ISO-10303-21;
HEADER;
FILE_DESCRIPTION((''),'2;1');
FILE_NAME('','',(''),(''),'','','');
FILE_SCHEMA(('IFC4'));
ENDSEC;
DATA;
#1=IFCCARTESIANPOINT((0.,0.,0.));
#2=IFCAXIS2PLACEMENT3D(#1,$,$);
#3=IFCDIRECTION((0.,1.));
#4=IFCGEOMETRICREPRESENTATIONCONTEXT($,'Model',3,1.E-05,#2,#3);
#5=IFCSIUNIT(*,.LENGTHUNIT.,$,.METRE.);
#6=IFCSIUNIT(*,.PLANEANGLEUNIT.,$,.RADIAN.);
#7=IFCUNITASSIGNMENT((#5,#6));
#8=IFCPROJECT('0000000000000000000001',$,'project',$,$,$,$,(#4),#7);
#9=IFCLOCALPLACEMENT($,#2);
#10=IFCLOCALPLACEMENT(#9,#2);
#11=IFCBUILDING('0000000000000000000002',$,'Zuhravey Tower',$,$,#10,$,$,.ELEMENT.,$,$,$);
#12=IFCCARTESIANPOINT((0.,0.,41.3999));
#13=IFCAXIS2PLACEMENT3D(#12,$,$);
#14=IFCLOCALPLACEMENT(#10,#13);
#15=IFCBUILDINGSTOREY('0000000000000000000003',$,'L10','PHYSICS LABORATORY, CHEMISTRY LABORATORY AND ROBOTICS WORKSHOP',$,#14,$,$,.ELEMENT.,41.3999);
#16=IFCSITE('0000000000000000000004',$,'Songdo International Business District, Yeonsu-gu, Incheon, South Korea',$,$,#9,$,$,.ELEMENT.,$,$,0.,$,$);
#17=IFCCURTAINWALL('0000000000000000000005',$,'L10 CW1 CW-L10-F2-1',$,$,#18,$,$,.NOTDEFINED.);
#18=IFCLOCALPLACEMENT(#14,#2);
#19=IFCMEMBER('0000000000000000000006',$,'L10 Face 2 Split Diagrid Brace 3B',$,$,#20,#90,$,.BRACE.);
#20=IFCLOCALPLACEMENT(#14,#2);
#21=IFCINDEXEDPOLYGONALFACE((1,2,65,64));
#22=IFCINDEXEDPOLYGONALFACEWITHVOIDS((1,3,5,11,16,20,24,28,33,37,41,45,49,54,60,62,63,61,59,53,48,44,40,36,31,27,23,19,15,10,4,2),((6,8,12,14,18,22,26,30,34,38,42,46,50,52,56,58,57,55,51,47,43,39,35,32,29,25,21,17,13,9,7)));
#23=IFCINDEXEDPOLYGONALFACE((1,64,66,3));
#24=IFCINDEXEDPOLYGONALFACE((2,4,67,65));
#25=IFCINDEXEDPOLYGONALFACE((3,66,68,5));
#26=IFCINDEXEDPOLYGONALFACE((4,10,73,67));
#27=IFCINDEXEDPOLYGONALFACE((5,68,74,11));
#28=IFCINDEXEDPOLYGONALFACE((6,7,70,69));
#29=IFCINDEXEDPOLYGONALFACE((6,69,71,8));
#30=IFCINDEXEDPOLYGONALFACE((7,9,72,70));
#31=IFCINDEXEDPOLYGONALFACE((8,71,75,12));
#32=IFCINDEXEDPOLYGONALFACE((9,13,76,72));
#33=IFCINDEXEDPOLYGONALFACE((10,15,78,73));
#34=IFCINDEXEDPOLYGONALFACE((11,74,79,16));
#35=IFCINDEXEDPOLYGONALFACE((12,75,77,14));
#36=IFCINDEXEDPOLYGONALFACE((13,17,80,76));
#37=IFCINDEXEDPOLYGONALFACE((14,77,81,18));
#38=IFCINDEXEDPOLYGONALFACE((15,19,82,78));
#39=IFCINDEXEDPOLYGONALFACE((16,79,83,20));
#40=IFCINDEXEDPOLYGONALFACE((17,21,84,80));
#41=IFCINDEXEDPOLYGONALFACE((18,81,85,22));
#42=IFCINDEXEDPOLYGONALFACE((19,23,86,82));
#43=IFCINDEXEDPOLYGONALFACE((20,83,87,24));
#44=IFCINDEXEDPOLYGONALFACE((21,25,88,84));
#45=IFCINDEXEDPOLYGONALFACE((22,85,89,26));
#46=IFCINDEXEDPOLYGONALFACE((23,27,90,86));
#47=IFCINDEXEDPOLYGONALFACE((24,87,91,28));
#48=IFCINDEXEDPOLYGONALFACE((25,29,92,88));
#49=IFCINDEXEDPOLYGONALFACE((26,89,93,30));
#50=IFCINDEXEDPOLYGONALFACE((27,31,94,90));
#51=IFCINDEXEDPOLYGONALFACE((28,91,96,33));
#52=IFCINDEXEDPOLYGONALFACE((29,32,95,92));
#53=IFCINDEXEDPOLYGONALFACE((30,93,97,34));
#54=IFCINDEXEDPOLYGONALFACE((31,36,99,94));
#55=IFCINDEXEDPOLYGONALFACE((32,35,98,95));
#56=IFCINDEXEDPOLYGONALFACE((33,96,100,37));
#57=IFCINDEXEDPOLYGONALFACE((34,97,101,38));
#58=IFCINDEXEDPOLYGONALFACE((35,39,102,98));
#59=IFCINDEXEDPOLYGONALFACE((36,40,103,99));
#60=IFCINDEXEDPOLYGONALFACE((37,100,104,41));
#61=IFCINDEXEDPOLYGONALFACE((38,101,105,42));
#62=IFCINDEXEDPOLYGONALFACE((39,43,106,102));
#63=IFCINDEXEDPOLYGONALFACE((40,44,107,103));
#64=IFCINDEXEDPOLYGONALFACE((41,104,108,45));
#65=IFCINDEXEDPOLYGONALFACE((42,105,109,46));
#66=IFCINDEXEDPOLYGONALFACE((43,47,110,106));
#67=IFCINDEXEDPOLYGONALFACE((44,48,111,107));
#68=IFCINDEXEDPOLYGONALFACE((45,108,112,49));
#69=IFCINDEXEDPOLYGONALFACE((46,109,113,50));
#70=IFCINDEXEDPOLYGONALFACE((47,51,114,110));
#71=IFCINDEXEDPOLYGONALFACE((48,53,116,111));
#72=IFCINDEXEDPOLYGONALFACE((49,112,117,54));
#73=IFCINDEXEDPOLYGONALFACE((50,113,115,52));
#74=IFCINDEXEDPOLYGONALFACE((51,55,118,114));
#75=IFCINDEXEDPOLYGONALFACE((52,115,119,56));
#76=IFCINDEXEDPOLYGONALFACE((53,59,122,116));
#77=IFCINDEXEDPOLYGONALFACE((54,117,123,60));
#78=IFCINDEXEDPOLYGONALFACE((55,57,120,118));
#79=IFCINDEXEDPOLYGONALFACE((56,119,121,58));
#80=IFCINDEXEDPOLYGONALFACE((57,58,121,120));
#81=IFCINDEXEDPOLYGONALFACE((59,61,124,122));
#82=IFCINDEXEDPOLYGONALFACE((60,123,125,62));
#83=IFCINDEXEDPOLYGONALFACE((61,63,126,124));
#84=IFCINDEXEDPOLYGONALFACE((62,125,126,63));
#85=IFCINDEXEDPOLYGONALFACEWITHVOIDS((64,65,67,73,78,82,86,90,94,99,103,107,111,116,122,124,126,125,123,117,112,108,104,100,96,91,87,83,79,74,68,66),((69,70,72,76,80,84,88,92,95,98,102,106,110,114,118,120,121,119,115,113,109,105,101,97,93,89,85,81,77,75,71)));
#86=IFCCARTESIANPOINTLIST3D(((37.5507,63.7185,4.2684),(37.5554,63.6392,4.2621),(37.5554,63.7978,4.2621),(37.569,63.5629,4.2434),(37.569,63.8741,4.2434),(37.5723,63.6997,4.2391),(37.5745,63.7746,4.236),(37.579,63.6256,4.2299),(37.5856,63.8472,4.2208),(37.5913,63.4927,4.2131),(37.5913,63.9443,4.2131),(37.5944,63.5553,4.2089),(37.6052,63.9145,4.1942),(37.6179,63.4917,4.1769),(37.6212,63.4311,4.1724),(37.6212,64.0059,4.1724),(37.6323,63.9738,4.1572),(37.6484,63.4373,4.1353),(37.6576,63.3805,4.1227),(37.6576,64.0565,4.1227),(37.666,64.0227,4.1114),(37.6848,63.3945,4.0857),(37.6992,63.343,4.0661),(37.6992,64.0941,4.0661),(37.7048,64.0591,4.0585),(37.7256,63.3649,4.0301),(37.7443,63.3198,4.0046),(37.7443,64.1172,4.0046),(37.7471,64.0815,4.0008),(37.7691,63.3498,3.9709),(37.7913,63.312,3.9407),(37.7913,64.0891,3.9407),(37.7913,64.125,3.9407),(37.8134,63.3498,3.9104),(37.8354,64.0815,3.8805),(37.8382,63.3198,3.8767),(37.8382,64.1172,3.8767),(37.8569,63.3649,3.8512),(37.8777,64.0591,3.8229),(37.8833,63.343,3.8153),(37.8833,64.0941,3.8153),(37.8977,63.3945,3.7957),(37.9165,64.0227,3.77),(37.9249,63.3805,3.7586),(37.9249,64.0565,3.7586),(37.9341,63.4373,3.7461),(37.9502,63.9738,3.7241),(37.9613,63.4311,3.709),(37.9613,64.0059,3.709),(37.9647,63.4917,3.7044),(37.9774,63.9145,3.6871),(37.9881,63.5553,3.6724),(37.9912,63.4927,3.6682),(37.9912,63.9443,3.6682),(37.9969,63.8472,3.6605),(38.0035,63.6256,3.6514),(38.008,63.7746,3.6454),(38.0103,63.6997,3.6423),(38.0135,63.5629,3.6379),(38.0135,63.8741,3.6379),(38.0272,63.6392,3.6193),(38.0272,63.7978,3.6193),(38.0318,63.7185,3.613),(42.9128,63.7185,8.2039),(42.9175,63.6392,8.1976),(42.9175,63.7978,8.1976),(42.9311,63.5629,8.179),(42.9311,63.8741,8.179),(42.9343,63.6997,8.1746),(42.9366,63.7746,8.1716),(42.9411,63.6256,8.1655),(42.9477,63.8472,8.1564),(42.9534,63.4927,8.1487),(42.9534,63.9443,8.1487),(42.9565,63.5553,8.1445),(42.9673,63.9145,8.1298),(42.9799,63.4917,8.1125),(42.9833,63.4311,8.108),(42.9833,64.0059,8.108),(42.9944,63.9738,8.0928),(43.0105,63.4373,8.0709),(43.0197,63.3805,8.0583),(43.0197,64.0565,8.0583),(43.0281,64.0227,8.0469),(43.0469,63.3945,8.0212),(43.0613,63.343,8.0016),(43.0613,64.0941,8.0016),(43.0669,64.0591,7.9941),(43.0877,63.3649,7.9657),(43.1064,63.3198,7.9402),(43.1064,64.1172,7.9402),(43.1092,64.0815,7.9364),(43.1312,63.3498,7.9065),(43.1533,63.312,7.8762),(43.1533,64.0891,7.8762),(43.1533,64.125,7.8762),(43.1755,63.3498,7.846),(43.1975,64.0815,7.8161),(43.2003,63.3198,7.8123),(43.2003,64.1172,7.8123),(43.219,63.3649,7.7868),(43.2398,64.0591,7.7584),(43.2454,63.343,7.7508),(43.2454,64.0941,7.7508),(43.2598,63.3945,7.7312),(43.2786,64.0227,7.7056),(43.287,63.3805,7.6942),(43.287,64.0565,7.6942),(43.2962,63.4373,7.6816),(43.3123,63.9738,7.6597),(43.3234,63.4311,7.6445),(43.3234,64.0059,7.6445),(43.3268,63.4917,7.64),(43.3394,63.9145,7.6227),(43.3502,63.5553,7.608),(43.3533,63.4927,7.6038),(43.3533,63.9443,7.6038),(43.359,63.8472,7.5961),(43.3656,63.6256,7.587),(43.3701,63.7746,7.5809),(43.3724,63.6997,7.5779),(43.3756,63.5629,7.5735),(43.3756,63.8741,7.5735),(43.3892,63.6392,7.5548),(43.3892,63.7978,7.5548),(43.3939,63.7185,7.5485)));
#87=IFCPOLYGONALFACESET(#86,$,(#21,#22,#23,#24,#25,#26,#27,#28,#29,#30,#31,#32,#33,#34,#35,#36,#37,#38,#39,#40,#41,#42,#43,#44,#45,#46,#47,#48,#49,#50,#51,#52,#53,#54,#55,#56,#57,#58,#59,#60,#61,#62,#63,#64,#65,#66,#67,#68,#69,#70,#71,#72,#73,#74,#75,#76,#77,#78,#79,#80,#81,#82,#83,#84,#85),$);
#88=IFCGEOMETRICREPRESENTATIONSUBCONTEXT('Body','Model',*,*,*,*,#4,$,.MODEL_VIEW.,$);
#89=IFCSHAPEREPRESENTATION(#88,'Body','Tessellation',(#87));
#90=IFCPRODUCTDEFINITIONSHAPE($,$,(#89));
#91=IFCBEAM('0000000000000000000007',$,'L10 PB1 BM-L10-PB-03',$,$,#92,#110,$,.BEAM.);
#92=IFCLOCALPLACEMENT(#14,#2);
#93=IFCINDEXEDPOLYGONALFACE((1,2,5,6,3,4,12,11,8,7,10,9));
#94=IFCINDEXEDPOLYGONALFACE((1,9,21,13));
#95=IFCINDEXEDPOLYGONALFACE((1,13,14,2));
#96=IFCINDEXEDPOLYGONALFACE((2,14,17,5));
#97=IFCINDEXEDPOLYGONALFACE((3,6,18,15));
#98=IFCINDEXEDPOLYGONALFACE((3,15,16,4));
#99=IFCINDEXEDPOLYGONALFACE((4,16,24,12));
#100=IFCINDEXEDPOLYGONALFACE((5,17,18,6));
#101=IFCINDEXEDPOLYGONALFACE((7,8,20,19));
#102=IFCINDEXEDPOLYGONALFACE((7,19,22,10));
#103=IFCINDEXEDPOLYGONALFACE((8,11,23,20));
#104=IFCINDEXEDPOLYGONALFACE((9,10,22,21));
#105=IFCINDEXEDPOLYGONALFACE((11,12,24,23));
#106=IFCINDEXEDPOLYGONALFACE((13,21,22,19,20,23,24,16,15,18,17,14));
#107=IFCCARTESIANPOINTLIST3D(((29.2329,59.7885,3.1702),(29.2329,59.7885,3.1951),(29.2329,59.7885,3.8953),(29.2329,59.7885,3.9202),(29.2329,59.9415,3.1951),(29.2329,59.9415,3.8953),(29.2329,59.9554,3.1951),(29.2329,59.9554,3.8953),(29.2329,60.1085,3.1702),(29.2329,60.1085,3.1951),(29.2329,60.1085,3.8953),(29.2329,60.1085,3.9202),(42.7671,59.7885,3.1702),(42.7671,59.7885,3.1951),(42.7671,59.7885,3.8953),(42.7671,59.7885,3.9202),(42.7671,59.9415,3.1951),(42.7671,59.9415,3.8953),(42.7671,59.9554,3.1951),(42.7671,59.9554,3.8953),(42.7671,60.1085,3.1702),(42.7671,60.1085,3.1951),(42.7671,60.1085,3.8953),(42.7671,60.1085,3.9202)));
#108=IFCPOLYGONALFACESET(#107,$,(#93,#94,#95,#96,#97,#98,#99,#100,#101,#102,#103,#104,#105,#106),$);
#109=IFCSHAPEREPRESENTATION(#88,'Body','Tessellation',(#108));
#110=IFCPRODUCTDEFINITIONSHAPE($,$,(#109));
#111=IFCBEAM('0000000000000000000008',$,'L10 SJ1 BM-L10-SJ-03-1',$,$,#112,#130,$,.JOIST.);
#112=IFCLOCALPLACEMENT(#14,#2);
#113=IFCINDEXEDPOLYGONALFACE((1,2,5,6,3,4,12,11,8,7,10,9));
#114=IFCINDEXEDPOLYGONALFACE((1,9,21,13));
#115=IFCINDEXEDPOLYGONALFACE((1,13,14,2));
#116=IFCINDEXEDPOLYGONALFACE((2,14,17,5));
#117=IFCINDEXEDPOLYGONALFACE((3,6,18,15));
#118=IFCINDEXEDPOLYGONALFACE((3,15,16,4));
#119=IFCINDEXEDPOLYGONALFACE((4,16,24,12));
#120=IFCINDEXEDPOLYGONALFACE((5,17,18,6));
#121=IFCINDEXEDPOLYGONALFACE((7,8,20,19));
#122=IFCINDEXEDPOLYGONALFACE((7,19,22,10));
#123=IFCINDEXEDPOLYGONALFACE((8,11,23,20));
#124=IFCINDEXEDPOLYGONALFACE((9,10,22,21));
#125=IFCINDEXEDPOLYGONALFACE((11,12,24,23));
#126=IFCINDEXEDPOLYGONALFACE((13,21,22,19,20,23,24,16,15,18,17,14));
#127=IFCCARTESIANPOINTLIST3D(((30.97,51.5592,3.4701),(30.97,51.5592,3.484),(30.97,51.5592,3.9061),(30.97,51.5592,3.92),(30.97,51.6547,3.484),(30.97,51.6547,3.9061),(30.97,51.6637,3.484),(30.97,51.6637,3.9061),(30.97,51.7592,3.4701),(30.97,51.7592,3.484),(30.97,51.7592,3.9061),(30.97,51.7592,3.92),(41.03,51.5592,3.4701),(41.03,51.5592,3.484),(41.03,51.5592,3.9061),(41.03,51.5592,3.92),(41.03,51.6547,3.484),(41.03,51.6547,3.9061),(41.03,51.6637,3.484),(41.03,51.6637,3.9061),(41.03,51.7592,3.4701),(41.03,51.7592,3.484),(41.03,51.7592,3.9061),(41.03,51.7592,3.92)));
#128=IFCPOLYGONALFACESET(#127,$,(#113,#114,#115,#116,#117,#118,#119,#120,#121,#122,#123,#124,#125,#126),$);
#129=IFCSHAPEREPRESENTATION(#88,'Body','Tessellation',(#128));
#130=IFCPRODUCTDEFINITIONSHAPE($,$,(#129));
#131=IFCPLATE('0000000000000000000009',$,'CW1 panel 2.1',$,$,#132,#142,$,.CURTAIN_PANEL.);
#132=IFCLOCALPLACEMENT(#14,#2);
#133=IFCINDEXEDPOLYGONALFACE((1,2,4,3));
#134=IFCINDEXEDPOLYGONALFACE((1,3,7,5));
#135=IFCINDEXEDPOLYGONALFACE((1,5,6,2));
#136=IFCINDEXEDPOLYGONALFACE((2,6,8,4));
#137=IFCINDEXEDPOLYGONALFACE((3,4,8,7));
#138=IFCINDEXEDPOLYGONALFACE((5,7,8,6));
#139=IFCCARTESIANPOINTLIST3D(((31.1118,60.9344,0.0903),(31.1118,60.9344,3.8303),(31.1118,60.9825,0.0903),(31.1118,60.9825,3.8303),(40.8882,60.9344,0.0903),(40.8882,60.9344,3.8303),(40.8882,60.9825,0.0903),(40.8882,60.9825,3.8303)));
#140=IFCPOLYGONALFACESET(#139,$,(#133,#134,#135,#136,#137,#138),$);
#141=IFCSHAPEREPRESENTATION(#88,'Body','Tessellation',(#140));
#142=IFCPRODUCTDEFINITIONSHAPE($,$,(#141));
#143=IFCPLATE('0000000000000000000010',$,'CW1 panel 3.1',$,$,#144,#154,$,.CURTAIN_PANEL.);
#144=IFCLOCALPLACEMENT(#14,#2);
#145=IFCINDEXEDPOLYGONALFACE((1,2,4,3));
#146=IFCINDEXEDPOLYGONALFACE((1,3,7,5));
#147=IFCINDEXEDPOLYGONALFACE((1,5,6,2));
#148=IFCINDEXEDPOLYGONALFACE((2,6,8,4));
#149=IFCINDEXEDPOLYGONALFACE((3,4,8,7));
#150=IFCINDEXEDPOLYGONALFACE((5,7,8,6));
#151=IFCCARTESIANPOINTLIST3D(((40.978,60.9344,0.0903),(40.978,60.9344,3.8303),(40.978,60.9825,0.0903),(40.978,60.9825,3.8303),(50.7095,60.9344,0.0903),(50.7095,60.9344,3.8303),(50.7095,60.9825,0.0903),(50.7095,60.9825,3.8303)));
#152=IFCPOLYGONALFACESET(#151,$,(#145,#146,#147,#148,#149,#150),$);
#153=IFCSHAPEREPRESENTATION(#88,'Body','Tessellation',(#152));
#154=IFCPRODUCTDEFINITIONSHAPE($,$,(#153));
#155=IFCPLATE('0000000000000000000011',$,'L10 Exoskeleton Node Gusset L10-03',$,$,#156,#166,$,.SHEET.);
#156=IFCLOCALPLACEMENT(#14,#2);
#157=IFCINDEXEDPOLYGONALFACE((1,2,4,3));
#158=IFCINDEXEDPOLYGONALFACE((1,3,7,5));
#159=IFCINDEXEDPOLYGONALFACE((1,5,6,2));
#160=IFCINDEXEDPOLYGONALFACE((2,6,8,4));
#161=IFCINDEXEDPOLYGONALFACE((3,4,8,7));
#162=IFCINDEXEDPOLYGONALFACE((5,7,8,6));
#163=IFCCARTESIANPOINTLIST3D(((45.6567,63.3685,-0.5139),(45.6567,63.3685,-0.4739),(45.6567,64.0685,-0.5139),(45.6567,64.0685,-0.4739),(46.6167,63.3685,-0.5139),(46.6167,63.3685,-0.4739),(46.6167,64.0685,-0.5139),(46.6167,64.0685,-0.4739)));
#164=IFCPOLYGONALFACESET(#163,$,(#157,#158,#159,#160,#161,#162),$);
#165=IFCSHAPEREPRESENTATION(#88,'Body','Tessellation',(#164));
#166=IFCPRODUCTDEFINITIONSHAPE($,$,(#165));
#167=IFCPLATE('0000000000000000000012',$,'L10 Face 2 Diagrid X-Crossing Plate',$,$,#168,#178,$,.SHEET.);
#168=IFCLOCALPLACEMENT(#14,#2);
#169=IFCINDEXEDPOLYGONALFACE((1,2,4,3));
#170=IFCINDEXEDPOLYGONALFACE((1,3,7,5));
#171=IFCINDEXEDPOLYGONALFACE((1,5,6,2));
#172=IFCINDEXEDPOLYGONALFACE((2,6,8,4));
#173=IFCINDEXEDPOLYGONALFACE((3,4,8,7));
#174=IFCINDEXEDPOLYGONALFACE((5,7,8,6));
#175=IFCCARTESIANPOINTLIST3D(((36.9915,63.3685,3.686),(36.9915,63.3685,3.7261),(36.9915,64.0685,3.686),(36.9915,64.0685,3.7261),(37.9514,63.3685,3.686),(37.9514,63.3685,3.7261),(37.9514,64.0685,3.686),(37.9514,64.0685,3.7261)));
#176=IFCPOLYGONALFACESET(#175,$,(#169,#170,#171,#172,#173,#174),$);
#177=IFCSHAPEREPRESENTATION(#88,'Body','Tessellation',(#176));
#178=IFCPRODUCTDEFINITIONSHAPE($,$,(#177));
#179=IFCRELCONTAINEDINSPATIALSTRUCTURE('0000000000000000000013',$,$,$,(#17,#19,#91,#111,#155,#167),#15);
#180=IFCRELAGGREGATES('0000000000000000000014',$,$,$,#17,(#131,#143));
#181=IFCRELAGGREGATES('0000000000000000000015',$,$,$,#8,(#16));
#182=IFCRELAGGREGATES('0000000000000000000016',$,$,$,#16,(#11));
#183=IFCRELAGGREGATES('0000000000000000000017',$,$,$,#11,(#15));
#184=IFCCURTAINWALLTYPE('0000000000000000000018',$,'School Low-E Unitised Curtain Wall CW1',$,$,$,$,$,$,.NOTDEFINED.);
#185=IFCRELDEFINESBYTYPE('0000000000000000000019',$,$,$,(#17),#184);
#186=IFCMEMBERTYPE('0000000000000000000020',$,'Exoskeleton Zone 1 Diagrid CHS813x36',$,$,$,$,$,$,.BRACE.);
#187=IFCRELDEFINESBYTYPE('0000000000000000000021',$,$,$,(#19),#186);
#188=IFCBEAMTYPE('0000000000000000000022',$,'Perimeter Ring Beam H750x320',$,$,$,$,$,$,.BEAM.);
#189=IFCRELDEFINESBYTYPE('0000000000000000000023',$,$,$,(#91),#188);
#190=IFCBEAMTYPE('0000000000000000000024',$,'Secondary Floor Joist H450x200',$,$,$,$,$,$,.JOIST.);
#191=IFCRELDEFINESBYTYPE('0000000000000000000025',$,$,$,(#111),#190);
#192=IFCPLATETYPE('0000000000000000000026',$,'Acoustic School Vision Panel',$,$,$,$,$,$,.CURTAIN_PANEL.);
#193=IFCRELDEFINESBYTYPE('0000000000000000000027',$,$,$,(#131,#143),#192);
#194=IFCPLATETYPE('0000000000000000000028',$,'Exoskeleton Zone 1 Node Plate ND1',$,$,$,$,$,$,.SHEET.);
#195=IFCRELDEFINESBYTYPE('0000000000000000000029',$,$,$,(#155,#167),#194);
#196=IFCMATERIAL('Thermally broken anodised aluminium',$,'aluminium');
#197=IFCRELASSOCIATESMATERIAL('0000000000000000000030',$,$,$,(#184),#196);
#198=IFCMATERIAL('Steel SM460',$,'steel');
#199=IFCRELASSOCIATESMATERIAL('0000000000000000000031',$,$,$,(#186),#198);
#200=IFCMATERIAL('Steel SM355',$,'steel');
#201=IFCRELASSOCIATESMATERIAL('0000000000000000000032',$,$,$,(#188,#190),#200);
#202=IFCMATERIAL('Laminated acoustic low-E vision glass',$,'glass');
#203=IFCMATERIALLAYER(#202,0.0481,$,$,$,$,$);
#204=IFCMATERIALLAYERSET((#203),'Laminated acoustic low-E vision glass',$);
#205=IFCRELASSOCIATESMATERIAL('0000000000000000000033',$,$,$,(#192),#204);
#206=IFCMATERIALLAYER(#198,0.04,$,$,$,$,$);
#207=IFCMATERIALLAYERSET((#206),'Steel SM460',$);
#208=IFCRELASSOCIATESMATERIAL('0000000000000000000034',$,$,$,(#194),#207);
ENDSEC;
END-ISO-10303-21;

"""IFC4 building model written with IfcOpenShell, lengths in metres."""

from ifc_helpers import new_model, si_unit, direction, frame, origin, origin_2d, place, context, subcontext, project, spatial, rectangle, hollow_circle, i_section, extrude, material, layer, layer_set, material_profile, profile_set, type_object, element, aggregate, save


model = new_model("IFC4")

# Units and contexts
model_context = context("Model", 3, precision=1e-05, world=origin(), true_north=direction((0.0, 1.0)))
body_context = subcontext(model_context, "Body", "Model", "MODEL_VIEW")
ifc_project = project(units=[si_unit("LENGTHUNIT", "METRE"), si_unit("PLANEANGLEUNIT", "RADIAN")], contexts=[model_context])

# Site, building, storey
site_placement = place(None, origin())
site = spatial("IfcSite", under=ifc_project, at=site_placement, Name="Songdo International Business District, Yeonsu-gu, Incheon, South Korea", CompositionType="ELEMENT", RefElevation=0.0)
building_placement = place(site_placement, origin())
building = spatial("IfcBuilding", under=site, at=building_placement, Name="Zuhravey Tower", CompositionType="ELEMENT")
storey_placement = place(building_placement, frame((0.0, 0.0, 41.3999)))
storey = spatial("IfcBuildingStorey", under=building, at=storey_placement, Name="L10", Description="PHYSICS LABORATORY, CHEMISTRY LABORATORY AND ROBOTICS WORKSHOP", CompositionType="ELEMENT", Elevation=41.3999)

# Curtain wall
ifc_material_1 = material(Name="Thermally broken anodised aluminium", Category="aluminium")
curtain_wall_type = type_object("IfcCurtainWallType", Name="School Low-E Unitised Curtain Wall CW1", PredefinedType="NOTDEFINED", material=ifc_material_1)
curtain_wall_placement = place(storey_placement, origin())
curtain_wall = element("IfcCurtainWall", 1, at=curtain_wall_placement, inside=storey, type_object=curtain_wall_type, Name="L10 CW1 CW-L10-F2-1", PredefinedType="NOTDEFINED")

# Member
ifc_material_2 = material(Name="Steel SM355", Category="steel")
ifc_material_3 = material(Name="Steel SM460", Category="steel")
ifc_material_profile_1 = material_profile(ifc_material_3, hollow_circle(Radius=0.4065, WallThickness=0.0359, at=origin_2d()), Name="CHS-812.8x36")
ifc_profile_set_1 = profile_set([ifc_material_profile_1], Name="Steel SM460")
member_type_1 = type_object("IfcMemberType", Name="Exoskeleton Zone 1 Diagrid CHS813x36", PredefinedType="BRACE", material=ifc_profile_set_1)
member_1_placement = place(storey_placement, frame((37.7913, 63.7185, 3.9407), z_axis=(0.806163, 0.0, 0.591693), x_axis=(0.0, 1.0, 0.0)))
element("IfcMember", 2, at=member_1_placement, inside=storey, type_object=member_type_1, Name="L10 Face 2 Split Diagrid Brace 3B", PredefinedType="BRACE", context=body_context, shape_type="SweptSolid", body=[
    extrude(hollow_circle(Radius=0.4065, WallThickness=0.0359, at=origin_2d()), origin(), (0.0, 0.0, 1.0), 6.6514),
])

# Beams
ifc_material_profile_2 = material_profile(ifc_material_2, i_section(OverallWidth=0.3201, OverallDepth=0.75, WebThickness=0.0139, FlangeThickness=0.0249, at=origin_2d()), Name="H-750x320x14x25")
ifc_profile_set_2 = profile_set([ifc_material_profile_2], Name="Steel SM355")
beam_type_1 = type_object("IfcBeamType", Name="Perimeter Ring Beam H750x320", PredefinedType="BEAM", material=ifc_profile_set_2)
beam_1_placement = place(storey_placement, frame((42.7671, 59.9485, 3.5452), z_axis=(-1.0, 0.0, 0.0), x_axis=(0.0, -1.0, 0.0)))
element("IfcBeam", 3, at=beam_1_placement, inside=storey, type_object=beam_type_1, Name="L10 PB1 BM-L10-PB-03", PredefinedType="BEAM", context=body_context, shape_type="SweptSolid", body=[
    extrude(i_section(OverallWidth=0.3201, OverallDepth=0.75, WebThickness=0.0139, FlangeThickness=0.0249, at=origin_2d()), origin(), (0.0, 0.0, 1.0), 13.5342),
])
ifc_material_profile_3 = material_profile(ifc_material_2, i_section(OverallWidth=0.2, OverallDepth=0.45, WebThickness=0.009, FlangeThickness=0.0139, at=origin_2d()), Name="H-450x200x9x14")
ifc_profile_set_3 = profile_set([ifc_material_profile_3], Name="Steel SM355")
beam_type_2 = type_object("IfcBeamType", Name="Secondary Floor Joist H450x200", PredefinedType="JOIST", material=ifc_profile_set_3)
beam_2_placement = place(storey_placement, frame((41.03, 51.6592, 3.6951), z_axis=(-1.0, 0.0, 0.0), x_axis=(0.0, -1.0, 0.0)))
element("IfcBeam", 4, at=beam_2_placement, inside=storey, type_object=beam_type_2, Name="L10 SJ1 BM-L10-SJ-03-1", PredefinedType="JOIST", context=body_context, shape_type="SweptSolid", body=[
    extrude(i_section(OverallWidth=0.2, OverallDepth=0.45, WebThickness=0.009, FlangeThickness=0.0139, at=origin_2d()), origin(), (0.0, 0.0, 1.0), 10.0601),
])

# Plates
ifc_material_4 = material(Name="Laminated acoustic low-E vision glass", Category="glass")
ifc_layer_1 = layer(ifc_material_4, 0.0481)
ifc_layer_set_1 = layer_set([ifc_layer_1], Name="Laminated acoustic low-E vision glass")
plate_type_1 = type_object("IfcPlateType", Name="Acoustic School Vision Panel", PredefinedType="CURTAIN_PANEL", material=ifc_layer_set_1)
plate_1_placement = place(storey_placement, frame((36.0, 60.9585, 0.0903), z_axis=(0.0, 0.0, 1.0), x_axis=(1.0, 0.0, 0.0)))
plate_1 = element("IfcPlate", 5, at=plate_1_placement, type_object=plate_type_1, Name="CW1 panel 2.1", PredefinedType="CURTAIN_PANEL", context=body_context, shape_type="SweptSolid", body=[
    extrude(rectangle(XDim=9.7764, YDim=0.0481, at=origin_2d()), origin(), (0.0, 0.0, 1.0), 3.74),
])
plate_2_placement = place(storey_placement, frame((45.8438, 60.9585, 0.0903), z_axis=(0.0, 0.0, 1.0), x_axis=(1.0, 0.0, 0.0)))
plate_2 = element("IfcPlate", 6, at=plate_2_placement, type_object=plate_type_1, Name="CW1 panel 3.1", PredefinedType="CURTAIN_PANEL", context=body_context, shape_type="SweptSolid", body=[
    extrude(rectangle(XDim=9.7314, YDim=0.0481, at=origin_2d()), origin(), (0.0, 0.0, 1.0), 3.74),
])
aggregate(curtain_wall, [plate_1, plate_2])

# Plates
ifc_layer_2 = layer(ifc_material_3, 0.04)
ifc_layer_set_2 = layer_set([ifc_layer_2], Name="Steel SM460")
plate_type_2 = type_object("IfcPlateType", Name="Exoskeleton Zone 1 Node Plate ND1", PredefinedType="SHEET", material=ifc_layer_set_2)
for number, where, z_axis, x_axis, name in (
    (7, (46.1367, 63.7185, -0.5139), (0.0, 0.0, 1.0), (-1.0, 0.0, 0.0), "L10 Exoskeleton Node Gusset L10-03"),
    (8, (37.4714, 63.7185, 3.686), (0.0, 0.0, 1.0), (-1.0, 0.0, 0.0), "L10 Face 2 Diagrid X-Crossing Plate"),
):
    element("IfcPlate", number, at=place(storey_placement, frame(where, z_axis=z_axis, x_axis=x_axis)), inside=storey, type_object=plate_type_2, Name=name, PredefinedType="SHEET", context=body_context, shape_type="SweptSolid", body=[
        extrude(rectangle(XDim=0.96, YDim=0.7, at=origin_2d()), origin(), (0.0, 0.0, 1.0), 0.04),
    ])

save(model, "model.ifc")
